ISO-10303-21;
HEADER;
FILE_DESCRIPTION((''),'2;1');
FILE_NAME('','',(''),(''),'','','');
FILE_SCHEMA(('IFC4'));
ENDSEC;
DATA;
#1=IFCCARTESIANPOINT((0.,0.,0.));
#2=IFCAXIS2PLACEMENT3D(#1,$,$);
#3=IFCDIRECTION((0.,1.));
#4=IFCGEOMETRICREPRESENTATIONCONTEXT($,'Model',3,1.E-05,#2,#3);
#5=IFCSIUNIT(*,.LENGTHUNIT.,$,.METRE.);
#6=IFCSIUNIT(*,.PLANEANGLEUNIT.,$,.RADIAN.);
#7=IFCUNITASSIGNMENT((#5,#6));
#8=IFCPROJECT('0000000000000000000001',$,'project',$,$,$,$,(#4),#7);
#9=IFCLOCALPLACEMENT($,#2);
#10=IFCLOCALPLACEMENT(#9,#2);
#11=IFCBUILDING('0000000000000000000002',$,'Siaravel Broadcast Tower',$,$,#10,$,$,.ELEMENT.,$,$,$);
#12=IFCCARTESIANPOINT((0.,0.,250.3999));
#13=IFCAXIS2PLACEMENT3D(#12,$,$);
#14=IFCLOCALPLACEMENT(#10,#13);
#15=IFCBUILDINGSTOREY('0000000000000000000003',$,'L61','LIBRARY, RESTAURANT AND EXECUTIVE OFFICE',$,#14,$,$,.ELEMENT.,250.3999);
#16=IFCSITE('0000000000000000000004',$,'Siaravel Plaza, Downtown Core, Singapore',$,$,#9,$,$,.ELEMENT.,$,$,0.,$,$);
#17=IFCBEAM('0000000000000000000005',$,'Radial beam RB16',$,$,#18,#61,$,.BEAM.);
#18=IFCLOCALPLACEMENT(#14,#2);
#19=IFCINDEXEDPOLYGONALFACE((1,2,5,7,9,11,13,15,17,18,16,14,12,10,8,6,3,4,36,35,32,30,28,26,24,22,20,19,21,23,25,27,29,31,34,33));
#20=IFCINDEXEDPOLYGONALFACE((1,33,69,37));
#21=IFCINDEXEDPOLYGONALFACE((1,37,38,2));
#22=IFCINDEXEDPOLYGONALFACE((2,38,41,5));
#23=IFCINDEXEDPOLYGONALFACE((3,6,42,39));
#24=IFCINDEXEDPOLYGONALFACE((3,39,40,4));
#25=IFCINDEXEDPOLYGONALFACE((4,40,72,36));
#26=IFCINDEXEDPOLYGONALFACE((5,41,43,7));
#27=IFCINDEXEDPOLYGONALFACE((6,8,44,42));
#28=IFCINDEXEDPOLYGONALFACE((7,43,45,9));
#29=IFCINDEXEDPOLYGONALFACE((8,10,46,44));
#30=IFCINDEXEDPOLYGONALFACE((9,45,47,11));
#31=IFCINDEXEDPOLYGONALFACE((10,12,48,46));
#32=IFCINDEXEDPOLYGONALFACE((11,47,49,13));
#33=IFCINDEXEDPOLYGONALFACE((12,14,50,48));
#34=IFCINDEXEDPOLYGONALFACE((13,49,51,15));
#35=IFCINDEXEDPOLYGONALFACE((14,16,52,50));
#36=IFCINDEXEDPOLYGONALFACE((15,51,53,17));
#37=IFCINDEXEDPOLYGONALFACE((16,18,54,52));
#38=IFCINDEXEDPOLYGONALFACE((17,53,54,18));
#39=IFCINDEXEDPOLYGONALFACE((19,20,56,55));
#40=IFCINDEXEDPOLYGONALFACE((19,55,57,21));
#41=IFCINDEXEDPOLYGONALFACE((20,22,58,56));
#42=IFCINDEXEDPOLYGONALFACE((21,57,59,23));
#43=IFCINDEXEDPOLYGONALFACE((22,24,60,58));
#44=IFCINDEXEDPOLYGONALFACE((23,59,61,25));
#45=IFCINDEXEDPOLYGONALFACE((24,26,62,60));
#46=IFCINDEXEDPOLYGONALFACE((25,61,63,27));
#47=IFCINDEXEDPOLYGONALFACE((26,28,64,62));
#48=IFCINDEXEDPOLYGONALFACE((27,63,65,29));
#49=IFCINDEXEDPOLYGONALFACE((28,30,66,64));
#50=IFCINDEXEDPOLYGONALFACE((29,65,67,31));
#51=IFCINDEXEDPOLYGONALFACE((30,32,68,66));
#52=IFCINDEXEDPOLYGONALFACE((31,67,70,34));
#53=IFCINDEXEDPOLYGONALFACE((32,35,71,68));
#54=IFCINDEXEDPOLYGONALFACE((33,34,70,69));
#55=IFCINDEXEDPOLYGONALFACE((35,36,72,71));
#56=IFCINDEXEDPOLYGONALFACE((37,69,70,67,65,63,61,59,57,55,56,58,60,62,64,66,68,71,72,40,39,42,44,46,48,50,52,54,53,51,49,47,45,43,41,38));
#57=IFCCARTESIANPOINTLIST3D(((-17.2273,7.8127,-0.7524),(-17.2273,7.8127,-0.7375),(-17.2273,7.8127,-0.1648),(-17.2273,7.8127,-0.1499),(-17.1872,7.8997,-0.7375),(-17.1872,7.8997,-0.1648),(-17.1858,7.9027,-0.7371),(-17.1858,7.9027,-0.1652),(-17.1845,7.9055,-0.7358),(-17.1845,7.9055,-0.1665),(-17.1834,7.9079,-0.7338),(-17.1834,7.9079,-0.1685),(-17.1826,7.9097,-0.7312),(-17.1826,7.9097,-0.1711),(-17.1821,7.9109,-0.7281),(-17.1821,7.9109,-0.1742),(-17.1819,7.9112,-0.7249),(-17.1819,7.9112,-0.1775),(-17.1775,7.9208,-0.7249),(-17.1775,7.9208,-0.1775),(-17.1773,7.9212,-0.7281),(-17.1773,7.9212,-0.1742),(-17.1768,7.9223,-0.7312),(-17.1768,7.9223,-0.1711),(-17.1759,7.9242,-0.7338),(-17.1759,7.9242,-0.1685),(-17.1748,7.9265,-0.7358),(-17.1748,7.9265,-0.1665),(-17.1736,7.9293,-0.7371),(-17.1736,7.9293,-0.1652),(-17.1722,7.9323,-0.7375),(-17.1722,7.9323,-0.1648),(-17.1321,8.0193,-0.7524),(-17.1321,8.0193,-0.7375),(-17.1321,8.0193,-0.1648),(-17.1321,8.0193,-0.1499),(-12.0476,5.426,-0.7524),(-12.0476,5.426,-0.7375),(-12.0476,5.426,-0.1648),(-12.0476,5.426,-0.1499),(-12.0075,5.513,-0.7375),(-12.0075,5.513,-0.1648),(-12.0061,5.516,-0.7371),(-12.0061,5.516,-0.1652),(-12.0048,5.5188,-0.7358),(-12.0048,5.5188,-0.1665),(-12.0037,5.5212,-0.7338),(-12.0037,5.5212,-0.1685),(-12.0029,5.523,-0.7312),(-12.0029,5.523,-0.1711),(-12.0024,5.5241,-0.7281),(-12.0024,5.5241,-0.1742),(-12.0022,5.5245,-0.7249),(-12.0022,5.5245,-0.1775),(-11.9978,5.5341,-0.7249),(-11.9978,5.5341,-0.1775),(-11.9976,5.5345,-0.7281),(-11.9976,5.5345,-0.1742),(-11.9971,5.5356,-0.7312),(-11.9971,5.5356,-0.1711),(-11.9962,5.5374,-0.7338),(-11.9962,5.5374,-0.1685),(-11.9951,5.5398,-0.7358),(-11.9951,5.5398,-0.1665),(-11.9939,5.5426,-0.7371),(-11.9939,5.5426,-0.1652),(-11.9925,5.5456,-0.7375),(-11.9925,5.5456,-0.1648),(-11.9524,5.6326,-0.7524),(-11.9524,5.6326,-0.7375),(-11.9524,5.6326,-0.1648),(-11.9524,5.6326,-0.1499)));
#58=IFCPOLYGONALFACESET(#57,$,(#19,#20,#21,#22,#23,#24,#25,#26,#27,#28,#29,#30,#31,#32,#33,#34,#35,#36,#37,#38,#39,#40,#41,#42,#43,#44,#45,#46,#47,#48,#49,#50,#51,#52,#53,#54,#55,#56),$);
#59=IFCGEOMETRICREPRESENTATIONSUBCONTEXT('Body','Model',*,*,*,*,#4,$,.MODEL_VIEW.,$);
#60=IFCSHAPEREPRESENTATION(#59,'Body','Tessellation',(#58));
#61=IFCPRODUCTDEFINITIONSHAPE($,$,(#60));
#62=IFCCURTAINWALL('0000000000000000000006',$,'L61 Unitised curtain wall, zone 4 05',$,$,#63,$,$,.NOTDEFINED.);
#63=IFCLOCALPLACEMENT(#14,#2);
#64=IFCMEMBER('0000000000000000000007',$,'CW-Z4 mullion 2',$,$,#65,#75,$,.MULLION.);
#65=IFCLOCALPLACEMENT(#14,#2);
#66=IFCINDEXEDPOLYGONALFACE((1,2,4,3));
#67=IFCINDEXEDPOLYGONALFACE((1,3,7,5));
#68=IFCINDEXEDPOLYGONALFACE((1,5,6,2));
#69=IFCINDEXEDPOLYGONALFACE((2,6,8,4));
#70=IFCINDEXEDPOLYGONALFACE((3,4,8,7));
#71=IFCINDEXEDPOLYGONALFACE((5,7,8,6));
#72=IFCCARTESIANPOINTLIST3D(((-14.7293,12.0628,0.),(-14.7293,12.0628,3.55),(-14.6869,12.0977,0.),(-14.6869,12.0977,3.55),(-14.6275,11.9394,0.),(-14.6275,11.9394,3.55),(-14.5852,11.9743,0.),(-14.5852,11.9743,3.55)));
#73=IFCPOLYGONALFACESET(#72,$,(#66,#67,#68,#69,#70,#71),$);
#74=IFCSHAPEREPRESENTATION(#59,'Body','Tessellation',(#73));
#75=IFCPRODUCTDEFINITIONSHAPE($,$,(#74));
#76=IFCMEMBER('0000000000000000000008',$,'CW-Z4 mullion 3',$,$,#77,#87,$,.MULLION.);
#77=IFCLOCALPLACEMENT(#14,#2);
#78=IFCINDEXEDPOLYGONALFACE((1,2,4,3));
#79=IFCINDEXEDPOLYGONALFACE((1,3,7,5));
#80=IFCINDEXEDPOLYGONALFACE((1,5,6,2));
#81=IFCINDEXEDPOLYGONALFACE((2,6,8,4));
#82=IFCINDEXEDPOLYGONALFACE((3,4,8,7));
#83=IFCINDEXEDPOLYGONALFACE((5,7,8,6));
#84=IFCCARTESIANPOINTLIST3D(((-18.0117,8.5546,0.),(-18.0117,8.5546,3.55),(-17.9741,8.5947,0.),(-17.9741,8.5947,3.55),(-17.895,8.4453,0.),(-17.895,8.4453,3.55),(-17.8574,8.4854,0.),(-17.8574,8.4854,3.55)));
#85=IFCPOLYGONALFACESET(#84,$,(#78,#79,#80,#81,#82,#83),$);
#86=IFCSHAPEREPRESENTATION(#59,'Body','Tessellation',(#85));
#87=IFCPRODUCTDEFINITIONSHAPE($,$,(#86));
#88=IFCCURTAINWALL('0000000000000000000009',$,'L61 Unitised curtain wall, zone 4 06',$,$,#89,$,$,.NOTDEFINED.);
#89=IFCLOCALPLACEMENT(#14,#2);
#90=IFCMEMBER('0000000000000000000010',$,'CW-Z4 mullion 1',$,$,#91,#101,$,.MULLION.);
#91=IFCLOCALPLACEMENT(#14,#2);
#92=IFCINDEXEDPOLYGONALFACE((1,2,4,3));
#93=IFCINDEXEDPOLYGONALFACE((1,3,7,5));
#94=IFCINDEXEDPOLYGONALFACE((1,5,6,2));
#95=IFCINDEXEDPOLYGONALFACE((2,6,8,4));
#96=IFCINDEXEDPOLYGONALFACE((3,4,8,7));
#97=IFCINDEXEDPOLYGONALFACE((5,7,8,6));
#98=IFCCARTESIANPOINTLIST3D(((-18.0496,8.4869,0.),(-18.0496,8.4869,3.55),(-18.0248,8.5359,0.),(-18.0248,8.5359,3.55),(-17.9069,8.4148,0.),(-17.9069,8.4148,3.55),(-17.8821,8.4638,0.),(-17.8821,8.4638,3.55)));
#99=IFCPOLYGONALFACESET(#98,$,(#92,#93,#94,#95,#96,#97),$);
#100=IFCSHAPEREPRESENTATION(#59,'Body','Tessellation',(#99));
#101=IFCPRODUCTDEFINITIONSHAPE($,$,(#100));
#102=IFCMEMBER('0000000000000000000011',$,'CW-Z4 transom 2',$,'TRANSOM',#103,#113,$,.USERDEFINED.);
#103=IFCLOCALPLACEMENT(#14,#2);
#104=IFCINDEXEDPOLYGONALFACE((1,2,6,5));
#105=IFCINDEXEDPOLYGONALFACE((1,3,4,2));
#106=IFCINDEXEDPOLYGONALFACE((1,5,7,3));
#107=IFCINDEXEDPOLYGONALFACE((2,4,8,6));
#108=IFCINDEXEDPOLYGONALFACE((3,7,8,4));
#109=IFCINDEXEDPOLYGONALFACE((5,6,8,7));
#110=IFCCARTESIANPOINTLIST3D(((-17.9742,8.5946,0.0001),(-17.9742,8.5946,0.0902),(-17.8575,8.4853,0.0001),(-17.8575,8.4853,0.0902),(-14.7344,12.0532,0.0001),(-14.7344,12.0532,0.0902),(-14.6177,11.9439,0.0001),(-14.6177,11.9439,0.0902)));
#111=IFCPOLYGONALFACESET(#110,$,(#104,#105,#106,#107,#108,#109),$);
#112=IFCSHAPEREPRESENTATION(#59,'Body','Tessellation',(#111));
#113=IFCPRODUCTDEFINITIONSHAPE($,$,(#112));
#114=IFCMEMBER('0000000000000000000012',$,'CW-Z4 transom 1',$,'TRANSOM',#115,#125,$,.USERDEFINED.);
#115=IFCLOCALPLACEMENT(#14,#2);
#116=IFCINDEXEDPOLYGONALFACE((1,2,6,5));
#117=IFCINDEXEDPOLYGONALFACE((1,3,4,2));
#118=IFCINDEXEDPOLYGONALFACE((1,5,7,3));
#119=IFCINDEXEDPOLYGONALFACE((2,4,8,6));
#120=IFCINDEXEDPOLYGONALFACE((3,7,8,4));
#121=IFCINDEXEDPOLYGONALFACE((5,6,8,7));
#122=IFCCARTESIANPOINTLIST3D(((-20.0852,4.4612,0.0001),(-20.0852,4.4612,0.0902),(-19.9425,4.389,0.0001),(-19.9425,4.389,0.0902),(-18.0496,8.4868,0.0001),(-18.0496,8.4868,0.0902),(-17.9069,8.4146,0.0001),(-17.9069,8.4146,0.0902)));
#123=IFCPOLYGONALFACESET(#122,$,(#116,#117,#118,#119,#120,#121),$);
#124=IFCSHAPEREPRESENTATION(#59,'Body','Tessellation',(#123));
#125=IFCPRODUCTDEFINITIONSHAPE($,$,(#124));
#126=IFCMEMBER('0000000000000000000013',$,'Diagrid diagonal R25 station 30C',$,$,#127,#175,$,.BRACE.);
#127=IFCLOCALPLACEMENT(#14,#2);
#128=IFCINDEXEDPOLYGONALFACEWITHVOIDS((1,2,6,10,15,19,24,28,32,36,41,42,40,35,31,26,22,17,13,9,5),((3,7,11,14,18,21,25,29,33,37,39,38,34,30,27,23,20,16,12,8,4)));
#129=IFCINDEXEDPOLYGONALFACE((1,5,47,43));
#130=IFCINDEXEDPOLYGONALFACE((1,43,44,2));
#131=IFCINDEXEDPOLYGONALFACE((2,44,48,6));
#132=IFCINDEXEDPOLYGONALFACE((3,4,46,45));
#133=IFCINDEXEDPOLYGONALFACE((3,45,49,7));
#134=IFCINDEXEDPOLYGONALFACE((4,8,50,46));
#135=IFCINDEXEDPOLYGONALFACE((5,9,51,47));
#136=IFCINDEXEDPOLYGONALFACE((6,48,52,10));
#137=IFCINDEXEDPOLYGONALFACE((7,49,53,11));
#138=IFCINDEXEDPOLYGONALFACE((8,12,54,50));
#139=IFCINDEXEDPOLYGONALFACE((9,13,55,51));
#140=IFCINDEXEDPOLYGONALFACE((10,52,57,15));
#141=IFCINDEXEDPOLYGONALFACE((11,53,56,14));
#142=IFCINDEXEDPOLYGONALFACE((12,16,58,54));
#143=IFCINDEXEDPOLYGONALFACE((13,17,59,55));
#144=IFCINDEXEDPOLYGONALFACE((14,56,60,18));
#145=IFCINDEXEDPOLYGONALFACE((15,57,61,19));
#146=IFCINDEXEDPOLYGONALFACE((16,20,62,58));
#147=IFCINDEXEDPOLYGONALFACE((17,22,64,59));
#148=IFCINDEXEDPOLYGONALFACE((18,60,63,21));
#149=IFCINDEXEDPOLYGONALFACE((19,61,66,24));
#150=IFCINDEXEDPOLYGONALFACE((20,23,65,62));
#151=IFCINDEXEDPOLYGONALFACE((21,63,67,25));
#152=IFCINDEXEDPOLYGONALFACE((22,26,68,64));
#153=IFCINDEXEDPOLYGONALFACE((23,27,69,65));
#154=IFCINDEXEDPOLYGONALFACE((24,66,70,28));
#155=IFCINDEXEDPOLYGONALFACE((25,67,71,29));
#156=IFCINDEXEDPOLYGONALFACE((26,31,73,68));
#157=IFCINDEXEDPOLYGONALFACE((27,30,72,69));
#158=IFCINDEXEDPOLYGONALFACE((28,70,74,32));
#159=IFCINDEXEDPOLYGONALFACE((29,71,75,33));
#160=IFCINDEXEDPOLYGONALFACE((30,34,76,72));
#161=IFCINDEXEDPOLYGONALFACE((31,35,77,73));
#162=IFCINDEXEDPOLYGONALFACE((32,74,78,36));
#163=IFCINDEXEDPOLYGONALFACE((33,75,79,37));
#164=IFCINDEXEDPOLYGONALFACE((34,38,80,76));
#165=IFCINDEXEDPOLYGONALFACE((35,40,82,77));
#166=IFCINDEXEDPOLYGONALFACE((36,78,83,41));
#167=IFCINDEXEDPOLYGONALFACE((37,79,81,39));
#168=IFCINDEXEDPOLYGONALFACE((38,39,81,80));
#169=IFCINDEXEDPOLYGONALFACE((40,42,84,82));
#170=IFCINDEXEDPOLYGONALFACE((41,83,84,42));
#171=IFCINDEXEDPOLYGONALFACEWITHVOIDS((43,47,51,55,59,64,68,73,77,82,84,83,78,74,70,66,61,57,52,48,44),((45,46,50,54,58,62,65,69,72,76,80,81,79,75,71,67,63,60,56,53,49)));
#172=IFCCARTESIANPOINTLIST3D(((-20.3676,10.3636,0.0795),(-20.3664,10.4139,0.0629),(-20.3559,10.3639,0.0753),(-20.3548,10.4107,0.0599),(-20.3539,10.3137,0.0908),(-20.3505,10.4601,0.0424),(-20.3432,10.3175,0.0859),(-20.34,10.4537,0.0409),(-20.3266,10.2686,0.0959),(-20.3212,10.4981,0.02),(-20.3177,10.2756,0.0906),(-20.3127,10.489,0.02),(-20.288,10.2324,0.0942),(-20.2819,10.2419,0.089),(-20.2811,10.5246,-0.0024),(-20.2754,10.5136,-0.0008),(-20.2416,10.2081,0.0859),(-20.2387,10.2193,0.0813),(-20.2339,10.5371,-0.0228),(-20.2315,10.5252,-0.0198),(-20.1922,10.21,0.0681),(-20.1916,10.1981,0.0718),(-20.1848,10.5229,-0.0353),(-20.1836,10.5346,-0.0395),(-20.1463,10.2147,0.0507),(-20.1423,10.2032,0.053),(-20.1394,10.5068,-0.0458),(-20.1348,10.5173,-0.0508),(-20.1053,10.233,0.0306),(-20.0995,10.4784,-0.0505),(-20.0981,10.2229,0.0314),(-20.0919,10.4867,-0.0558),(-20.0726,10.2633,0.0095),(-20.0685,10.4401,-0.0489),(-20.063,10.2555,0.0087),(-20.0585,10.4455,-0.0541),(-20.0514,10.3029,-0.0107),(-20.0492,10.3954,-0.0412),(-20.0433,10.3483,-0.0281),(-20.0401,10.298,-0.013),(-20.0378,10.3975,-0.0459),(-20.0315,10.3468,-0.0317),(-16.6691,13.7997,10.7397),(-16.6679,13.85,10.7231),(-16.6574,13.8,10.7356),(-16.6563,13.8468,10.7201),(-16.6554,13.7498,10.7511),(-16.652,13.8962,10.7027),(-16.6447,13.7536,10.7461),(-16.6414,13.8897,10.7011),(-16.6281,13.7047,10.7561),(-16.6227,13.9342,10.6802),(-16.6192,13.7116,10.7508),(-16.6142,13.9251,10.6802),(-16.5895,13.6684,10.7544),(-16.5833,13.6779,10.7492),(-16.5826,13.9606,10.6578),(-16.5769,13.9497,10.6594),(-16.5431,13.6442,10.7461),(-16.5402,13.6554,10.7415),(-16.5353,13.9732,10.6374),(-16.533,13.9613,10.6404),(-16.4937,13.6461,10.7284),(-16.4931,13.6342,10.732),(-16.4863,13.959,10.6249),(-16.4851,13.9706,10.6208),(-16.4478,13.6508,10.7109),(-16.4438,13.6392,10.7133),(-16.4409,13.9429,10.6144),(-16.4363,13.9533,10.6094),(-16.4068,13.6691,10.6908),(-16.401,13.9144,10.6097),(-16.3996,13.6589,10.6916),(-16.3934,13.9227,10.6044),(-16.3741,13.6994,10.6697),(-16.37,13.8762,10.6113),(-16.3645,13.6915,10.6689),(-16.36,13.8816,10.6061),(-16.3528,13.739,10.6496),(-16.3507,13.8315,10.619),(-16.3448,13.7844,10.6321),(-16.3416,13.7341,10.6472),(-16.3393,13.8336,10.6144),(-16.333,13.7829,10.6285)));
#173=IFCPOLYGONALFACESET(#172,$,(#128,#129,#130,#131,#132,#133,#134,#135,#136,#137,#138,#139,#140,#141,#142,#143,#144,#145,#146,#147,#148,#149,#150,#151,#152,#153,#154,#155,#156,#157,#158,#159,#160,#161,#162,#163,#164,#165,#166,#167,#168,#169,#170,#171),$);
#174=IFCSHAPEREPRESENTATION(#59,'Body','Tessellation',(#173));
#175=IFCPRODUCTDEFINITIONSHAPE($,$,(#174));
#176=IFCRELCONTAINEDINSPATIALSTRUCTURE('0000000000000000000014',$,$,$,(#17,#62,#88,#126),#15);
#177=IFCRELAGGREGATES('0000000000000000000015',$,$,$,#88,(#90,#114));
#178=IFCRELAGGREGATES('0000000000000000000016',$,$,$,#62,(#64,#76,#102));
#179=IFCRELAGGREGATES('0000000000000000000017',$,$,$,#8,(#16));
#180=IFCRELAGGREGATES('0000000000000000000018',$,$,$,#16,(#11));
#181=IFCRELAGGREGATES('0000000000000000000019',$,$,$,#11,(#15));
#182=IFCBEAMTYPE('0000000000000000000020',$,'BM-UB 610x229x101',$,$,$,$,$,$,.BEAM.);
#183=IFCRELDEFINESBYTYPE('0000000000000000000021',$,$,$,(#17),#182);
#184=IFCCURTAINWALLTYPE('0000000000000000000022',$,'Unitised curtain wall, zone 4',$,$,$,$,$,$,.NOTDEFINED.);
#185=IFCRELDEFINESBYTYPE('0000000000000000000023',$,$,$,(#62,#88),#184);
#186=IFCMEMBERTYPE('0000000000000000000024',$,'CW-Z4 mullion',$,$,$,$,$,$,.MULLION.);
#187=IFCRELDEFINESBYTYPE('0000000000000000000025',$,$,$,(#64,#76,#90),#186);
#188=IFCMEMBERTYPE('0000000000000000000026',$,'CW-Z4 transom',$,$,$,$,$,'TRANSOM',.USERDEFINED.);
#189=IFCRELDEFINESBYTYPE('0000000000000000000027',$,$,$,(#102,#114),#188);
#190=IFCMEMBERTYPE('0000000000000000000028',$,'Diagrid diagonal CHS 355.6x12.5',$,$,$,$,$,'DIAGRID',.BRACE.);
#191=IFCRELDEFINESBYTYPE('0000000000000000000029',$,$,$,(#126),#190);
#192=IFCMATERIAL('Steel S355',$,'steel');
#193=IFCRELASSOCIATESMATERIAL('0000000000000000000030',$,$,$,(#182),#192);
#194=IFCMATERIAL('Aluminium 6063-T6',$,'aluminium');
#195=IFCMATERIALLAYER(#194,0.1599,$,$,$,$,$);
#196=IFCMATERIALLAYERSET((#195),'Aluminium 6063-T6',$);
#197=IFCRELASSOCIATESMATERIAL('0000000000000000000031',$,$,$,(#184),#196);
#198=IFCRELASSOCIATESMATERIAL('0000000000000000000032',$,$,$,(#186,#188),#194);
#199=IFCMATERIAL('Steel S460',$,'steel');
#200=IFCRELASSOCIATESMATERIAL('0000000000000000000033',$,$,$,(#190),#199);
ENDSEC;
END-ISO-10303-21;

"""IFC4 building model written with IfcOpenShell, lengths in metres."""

from ifc_helpers import new_model, si_unit, direction, frame, origin, origin_2d, place, context, subcontext, project, spatial, rectangle, hollow_circle, i_section, extrude, material, layer, layer_set, material_profile, profile_set, type_object, element, aggregate, save


model = new_model("IFC4")

# Units and contexts
model_context = context("Model", 3, precision=1e-05, world=origin(), true_north=direction((0.0, 1.0)))
body_context = subcontext(model_context, "Body", "Model", "MODEL_VIEW")
ifc_project = project(units=[si_unit("LENGTHUNIT", "METRE"), si_unit("PLANEANGLEUNIT", "RADIAN")], contexts=[model_context])

# Site, building, storey
site_placement = place(None, origin())
site = spatial("IfcSite", under=ifc_project, at=site_placement, Name="Siaravel Plaza, Downtown Core, Singapore", CompositionType="ELEMENT", RefElevation=0.0)
building_placement = place(site_placement, origin())
building = spatial("IfcBuilding", under=site, at=building_placement, Name="Siaravel Broadcast Tower", CompositionType="ELEMENT")
storey_placement = place(building_placement, frame((0.0, 0.0, 250.3999)))
storey = spatial("IfcBuildingStorey", under=building, at=storey_placement, Name="L61", Description="LIBRARY, RESTAURANT AND EXECUTIVE OFFICE", CompositionType="ELEMENT", Elevation=250.3999)

# Beam
ifc_material_1 = material(Name="Steel S355", Category="steel")
ifc_material_profile_1 = material_profile(ifc_material_1, i_section(OverallWidth=0.2275, OverallDepth=0.6025, WebThickness=0.0105, FlangeThickness=0.0149, FilletRadius=0.0127, at=origin_2d()))
ifc_profile_set_1 = profile_set([ifc_material_profile_1], Name="Steel S355")
beam_type = type_object("IfcBeamType", Name="BM-UB 610x229x101", PredefinedType="BEAM", material=ifc_profile_set_1)
beam_1_placement = place(storey_placement, frame((-17.1797, 7.916, -0.4512), z_axis=(0.90822, -0.418493, 0.0), x_axis=(0.418493, 0.90822, 0.0)))
element("IfcBeam", 1, at=beam_1_placement, inside=storey, type_object=beam_type, Name="Radial beam RB16", PredefinedType="BEAM", context=body_context, shape_type="SweptSolid", body=[
    extrude(i_section(OverallWidth=0.2275, OverallDepth=0.6025, WebThickness=0.0105, FlangeThickness=0.0149, FilletRadius=0.0127, at=origin_2d()), origin(), (0.0, 0.0, 1.0), 5.7031),
])

# Curtain wall, members
ifc_material_2 = material(Name="Aluminium 6063-T6", Category="aluminium")
ifc_layer_1 = layer(ifc_material_2, 0.1599)
ifc_layer_set_1 = layer_set([ifc_layer_1], Name="Aluminium 6063-T6")
curtain_wall_type = type_object("IfcCurtainWallType", Name="Unitised curtain wall, zone 4", PredefinedType="NOTDEFINED", material=ifc_layer_set_1)
curtain_wall_1_placement = place(storey_placement, origin())
curtain_wall_1 = element("IfcCurtainWall", 2, at=curtain_wall_1_placement, inside=storey, type_object=curtain_wall_type, Name="L61 Unitised curtain wall, zone 4 05", PredefinedType="NOTDEFINED")
ifc_material_profile_2 = material_profile(ifc_material_2, rectangle(XDim=0.1599, YDim=0.0549, at=origin_2d()))
ifc_profile_set_2 = profile_set([ifc_material_profile_2], Name="Aluminium 6063-T6")
member_type_1 = type_object("IfcMemberType", Name="CW-Z4 mullion", PredefinedType="MULLION", material=ifc_profile_set_2)
member_1_placement = place(storey_placement, frame((-14.6572, 12.0186, 0.0), z_axis=(0.0, 0.0, 1.0), x_axis=(0.63622, -0.771508, 0.0)))
member_1 = element("IfcMember", 3, at=member_1_placement, type_object=member_type_1, Name="CW-Z4 mullion 2", PredefinedType="MULLION", context=body_context, shape_type="SweptSolid", body=[
    extrude(rectangle(XDim=0.1599, YDim=0.0549, at=origin_2d()), origin(), (0.0, 0.0, 1.0), 3.55),
])
member_2_placement = place(storey_placement, frame((-17.9346, 8.52, 0.0), z_axis=(0.0, 0.0, 1.0), x_axis=(0.729807, -0.683654, 0.0)))
member_2 = element("IfcMember", 4, at=member_2_placement, type_object=member_type_1, Name="CW-Z4 mullion 3", PredefinedType="MULLION", context=body_context, shape_type="SweptSolid", body=[
    extrude(rectangle(XDim=0.1599, YDim=0.0549, at=origin_2d()), origin(), (0.0, 0.0, 1.0), 3.55),
])

# Curtain wall, member
curtain_wall_2_placement = place(storey_placement, origin())
curtain_wall_2 = element("IfcCurtainWall", 5, at=curtain_wall_2_placement, inside=storey, type_object=curtain_wall_type, Name="L61 Unitised curtain wall, zone 4 06", PredefinedType="NOTDEFINED")
member_3_placement = place(storey_placement, frame((-17.9658, 8.4753, 0.0), z_axis=(0.0, 0.0, 1.0), x_axis=(0.892393, -0.451259, 0.0)))
member_3 = element("IfcMember", 6, at=member_3_placement, type_object=member_type_1, Name="CW-Z4 mullion 1", PredefinedType="MULLION", context=body_context, shape_type="SweptSolid", body=[
    extrude(rectangle(XDim=0.1599, YDim=0.0549, at=origin_2d()), origin(), (0.0, 0.0, 1.0), 3.55),
])

# Members
ifc_material_profile_3 = material_profile(ifc_material_2, rectangle(XDim=0.1599, YDim=0.0901, at=origin_2d()))
ifc_profile_set_3 = profile_set([ifc_material_profile_3], Name="Aluminium 6063-T6")
member_type_2 = type_object("IfcMemberType", Name="CW-Z4 transom", ElementType="TRANSOM", PredefinedType="USERDEFINED", material=ifc_profile_set_3)
member_4_placement = place(storey_placement, frame((-14.676, 11.9985, 0.0452), z_axis=(-0.68365, -0.72981, 0.0), x_axis=(0.72981, -0.68365, 0.0)))
member_4 = element("IfcMember", 7, at=member_4_placement, type_object=member_type_2, Name="CW-Z4 transom 2", ObjectType="TRANSOM", PredefinedType="USERDEFINED", context=body_context, shape_type="SweptSolid", body=[
    extrude(rectangle(XDim=0.1599, YDim=0.0901, at=origin_2d()), origin(), (0.0, 0.0, 1.0), 4.739),
])
member_5_placement = place(storey_placement, frame((-17.9783, 8.4507, 0.0452), z_axis=(-0.451257, -0.892394, 0.0), x_axis=(0.892394, -0.451257, 0.0)))
member_5 = element("IfcMember", 8, at=member_5_placement, type_object=member_type_2, Name="CW-Z4 transom 1", ObjectType="TRANSOM", PredefinedType="USERDEFINED", context=body_context, shape_type="SweptSolid", body=[
    extrude(rectangle(XDim=0.1599, YDim=0.0901, at=origin_2d()), origin(), (0.0, 0.0, 1.0), 4.511),
])
aggregate(curtain_wall_2, [member_3, member_5])

# Member
ifc_material_3 = material(Name="Steel S460", Category="steel")
ifc_material_profile_4 = material_profile(ifc_material_3, hollow_circle(Radius=0.1777, WallThickness=0.0125, at=origin_2d()))
ifc_profile_set_4 = profile_set([ifc_material_profile_4], Name="Steel S460")
member_type_3 = type_object("IfcMemberType", Name="Diagrid diagonal CHS 355.6x12.5", ElementType="DIAGRID", PredefinedType="BRACE", material=ifc_profile_set_4)
member_6_placement = place(storey_placement, frame((-20.2002, 10.3679, 0.02), z_axis=(0.313562, 0.291311, 0.903779), x_axis=(-0.680635, 0.732623, 0.0)))
element("IfcMember", 9, at=member_6_placement, inside=storey, type_object=member_type_3, Name="Diagrid diagonal R25 station 30C", PredefinedType="BRACE", context=body_context, shape_type="SweptSolid", body=[
    extrude(hollow_circle(Radius=0.1777, WallThickness=0.0125, at=origin_2d()), origin(), (0.0, 0.0, 1.0), 11.7952),
])

aggregate(curtain_wall_1, [member_1, member_2, member_4])

save(model, "model.ifc")
